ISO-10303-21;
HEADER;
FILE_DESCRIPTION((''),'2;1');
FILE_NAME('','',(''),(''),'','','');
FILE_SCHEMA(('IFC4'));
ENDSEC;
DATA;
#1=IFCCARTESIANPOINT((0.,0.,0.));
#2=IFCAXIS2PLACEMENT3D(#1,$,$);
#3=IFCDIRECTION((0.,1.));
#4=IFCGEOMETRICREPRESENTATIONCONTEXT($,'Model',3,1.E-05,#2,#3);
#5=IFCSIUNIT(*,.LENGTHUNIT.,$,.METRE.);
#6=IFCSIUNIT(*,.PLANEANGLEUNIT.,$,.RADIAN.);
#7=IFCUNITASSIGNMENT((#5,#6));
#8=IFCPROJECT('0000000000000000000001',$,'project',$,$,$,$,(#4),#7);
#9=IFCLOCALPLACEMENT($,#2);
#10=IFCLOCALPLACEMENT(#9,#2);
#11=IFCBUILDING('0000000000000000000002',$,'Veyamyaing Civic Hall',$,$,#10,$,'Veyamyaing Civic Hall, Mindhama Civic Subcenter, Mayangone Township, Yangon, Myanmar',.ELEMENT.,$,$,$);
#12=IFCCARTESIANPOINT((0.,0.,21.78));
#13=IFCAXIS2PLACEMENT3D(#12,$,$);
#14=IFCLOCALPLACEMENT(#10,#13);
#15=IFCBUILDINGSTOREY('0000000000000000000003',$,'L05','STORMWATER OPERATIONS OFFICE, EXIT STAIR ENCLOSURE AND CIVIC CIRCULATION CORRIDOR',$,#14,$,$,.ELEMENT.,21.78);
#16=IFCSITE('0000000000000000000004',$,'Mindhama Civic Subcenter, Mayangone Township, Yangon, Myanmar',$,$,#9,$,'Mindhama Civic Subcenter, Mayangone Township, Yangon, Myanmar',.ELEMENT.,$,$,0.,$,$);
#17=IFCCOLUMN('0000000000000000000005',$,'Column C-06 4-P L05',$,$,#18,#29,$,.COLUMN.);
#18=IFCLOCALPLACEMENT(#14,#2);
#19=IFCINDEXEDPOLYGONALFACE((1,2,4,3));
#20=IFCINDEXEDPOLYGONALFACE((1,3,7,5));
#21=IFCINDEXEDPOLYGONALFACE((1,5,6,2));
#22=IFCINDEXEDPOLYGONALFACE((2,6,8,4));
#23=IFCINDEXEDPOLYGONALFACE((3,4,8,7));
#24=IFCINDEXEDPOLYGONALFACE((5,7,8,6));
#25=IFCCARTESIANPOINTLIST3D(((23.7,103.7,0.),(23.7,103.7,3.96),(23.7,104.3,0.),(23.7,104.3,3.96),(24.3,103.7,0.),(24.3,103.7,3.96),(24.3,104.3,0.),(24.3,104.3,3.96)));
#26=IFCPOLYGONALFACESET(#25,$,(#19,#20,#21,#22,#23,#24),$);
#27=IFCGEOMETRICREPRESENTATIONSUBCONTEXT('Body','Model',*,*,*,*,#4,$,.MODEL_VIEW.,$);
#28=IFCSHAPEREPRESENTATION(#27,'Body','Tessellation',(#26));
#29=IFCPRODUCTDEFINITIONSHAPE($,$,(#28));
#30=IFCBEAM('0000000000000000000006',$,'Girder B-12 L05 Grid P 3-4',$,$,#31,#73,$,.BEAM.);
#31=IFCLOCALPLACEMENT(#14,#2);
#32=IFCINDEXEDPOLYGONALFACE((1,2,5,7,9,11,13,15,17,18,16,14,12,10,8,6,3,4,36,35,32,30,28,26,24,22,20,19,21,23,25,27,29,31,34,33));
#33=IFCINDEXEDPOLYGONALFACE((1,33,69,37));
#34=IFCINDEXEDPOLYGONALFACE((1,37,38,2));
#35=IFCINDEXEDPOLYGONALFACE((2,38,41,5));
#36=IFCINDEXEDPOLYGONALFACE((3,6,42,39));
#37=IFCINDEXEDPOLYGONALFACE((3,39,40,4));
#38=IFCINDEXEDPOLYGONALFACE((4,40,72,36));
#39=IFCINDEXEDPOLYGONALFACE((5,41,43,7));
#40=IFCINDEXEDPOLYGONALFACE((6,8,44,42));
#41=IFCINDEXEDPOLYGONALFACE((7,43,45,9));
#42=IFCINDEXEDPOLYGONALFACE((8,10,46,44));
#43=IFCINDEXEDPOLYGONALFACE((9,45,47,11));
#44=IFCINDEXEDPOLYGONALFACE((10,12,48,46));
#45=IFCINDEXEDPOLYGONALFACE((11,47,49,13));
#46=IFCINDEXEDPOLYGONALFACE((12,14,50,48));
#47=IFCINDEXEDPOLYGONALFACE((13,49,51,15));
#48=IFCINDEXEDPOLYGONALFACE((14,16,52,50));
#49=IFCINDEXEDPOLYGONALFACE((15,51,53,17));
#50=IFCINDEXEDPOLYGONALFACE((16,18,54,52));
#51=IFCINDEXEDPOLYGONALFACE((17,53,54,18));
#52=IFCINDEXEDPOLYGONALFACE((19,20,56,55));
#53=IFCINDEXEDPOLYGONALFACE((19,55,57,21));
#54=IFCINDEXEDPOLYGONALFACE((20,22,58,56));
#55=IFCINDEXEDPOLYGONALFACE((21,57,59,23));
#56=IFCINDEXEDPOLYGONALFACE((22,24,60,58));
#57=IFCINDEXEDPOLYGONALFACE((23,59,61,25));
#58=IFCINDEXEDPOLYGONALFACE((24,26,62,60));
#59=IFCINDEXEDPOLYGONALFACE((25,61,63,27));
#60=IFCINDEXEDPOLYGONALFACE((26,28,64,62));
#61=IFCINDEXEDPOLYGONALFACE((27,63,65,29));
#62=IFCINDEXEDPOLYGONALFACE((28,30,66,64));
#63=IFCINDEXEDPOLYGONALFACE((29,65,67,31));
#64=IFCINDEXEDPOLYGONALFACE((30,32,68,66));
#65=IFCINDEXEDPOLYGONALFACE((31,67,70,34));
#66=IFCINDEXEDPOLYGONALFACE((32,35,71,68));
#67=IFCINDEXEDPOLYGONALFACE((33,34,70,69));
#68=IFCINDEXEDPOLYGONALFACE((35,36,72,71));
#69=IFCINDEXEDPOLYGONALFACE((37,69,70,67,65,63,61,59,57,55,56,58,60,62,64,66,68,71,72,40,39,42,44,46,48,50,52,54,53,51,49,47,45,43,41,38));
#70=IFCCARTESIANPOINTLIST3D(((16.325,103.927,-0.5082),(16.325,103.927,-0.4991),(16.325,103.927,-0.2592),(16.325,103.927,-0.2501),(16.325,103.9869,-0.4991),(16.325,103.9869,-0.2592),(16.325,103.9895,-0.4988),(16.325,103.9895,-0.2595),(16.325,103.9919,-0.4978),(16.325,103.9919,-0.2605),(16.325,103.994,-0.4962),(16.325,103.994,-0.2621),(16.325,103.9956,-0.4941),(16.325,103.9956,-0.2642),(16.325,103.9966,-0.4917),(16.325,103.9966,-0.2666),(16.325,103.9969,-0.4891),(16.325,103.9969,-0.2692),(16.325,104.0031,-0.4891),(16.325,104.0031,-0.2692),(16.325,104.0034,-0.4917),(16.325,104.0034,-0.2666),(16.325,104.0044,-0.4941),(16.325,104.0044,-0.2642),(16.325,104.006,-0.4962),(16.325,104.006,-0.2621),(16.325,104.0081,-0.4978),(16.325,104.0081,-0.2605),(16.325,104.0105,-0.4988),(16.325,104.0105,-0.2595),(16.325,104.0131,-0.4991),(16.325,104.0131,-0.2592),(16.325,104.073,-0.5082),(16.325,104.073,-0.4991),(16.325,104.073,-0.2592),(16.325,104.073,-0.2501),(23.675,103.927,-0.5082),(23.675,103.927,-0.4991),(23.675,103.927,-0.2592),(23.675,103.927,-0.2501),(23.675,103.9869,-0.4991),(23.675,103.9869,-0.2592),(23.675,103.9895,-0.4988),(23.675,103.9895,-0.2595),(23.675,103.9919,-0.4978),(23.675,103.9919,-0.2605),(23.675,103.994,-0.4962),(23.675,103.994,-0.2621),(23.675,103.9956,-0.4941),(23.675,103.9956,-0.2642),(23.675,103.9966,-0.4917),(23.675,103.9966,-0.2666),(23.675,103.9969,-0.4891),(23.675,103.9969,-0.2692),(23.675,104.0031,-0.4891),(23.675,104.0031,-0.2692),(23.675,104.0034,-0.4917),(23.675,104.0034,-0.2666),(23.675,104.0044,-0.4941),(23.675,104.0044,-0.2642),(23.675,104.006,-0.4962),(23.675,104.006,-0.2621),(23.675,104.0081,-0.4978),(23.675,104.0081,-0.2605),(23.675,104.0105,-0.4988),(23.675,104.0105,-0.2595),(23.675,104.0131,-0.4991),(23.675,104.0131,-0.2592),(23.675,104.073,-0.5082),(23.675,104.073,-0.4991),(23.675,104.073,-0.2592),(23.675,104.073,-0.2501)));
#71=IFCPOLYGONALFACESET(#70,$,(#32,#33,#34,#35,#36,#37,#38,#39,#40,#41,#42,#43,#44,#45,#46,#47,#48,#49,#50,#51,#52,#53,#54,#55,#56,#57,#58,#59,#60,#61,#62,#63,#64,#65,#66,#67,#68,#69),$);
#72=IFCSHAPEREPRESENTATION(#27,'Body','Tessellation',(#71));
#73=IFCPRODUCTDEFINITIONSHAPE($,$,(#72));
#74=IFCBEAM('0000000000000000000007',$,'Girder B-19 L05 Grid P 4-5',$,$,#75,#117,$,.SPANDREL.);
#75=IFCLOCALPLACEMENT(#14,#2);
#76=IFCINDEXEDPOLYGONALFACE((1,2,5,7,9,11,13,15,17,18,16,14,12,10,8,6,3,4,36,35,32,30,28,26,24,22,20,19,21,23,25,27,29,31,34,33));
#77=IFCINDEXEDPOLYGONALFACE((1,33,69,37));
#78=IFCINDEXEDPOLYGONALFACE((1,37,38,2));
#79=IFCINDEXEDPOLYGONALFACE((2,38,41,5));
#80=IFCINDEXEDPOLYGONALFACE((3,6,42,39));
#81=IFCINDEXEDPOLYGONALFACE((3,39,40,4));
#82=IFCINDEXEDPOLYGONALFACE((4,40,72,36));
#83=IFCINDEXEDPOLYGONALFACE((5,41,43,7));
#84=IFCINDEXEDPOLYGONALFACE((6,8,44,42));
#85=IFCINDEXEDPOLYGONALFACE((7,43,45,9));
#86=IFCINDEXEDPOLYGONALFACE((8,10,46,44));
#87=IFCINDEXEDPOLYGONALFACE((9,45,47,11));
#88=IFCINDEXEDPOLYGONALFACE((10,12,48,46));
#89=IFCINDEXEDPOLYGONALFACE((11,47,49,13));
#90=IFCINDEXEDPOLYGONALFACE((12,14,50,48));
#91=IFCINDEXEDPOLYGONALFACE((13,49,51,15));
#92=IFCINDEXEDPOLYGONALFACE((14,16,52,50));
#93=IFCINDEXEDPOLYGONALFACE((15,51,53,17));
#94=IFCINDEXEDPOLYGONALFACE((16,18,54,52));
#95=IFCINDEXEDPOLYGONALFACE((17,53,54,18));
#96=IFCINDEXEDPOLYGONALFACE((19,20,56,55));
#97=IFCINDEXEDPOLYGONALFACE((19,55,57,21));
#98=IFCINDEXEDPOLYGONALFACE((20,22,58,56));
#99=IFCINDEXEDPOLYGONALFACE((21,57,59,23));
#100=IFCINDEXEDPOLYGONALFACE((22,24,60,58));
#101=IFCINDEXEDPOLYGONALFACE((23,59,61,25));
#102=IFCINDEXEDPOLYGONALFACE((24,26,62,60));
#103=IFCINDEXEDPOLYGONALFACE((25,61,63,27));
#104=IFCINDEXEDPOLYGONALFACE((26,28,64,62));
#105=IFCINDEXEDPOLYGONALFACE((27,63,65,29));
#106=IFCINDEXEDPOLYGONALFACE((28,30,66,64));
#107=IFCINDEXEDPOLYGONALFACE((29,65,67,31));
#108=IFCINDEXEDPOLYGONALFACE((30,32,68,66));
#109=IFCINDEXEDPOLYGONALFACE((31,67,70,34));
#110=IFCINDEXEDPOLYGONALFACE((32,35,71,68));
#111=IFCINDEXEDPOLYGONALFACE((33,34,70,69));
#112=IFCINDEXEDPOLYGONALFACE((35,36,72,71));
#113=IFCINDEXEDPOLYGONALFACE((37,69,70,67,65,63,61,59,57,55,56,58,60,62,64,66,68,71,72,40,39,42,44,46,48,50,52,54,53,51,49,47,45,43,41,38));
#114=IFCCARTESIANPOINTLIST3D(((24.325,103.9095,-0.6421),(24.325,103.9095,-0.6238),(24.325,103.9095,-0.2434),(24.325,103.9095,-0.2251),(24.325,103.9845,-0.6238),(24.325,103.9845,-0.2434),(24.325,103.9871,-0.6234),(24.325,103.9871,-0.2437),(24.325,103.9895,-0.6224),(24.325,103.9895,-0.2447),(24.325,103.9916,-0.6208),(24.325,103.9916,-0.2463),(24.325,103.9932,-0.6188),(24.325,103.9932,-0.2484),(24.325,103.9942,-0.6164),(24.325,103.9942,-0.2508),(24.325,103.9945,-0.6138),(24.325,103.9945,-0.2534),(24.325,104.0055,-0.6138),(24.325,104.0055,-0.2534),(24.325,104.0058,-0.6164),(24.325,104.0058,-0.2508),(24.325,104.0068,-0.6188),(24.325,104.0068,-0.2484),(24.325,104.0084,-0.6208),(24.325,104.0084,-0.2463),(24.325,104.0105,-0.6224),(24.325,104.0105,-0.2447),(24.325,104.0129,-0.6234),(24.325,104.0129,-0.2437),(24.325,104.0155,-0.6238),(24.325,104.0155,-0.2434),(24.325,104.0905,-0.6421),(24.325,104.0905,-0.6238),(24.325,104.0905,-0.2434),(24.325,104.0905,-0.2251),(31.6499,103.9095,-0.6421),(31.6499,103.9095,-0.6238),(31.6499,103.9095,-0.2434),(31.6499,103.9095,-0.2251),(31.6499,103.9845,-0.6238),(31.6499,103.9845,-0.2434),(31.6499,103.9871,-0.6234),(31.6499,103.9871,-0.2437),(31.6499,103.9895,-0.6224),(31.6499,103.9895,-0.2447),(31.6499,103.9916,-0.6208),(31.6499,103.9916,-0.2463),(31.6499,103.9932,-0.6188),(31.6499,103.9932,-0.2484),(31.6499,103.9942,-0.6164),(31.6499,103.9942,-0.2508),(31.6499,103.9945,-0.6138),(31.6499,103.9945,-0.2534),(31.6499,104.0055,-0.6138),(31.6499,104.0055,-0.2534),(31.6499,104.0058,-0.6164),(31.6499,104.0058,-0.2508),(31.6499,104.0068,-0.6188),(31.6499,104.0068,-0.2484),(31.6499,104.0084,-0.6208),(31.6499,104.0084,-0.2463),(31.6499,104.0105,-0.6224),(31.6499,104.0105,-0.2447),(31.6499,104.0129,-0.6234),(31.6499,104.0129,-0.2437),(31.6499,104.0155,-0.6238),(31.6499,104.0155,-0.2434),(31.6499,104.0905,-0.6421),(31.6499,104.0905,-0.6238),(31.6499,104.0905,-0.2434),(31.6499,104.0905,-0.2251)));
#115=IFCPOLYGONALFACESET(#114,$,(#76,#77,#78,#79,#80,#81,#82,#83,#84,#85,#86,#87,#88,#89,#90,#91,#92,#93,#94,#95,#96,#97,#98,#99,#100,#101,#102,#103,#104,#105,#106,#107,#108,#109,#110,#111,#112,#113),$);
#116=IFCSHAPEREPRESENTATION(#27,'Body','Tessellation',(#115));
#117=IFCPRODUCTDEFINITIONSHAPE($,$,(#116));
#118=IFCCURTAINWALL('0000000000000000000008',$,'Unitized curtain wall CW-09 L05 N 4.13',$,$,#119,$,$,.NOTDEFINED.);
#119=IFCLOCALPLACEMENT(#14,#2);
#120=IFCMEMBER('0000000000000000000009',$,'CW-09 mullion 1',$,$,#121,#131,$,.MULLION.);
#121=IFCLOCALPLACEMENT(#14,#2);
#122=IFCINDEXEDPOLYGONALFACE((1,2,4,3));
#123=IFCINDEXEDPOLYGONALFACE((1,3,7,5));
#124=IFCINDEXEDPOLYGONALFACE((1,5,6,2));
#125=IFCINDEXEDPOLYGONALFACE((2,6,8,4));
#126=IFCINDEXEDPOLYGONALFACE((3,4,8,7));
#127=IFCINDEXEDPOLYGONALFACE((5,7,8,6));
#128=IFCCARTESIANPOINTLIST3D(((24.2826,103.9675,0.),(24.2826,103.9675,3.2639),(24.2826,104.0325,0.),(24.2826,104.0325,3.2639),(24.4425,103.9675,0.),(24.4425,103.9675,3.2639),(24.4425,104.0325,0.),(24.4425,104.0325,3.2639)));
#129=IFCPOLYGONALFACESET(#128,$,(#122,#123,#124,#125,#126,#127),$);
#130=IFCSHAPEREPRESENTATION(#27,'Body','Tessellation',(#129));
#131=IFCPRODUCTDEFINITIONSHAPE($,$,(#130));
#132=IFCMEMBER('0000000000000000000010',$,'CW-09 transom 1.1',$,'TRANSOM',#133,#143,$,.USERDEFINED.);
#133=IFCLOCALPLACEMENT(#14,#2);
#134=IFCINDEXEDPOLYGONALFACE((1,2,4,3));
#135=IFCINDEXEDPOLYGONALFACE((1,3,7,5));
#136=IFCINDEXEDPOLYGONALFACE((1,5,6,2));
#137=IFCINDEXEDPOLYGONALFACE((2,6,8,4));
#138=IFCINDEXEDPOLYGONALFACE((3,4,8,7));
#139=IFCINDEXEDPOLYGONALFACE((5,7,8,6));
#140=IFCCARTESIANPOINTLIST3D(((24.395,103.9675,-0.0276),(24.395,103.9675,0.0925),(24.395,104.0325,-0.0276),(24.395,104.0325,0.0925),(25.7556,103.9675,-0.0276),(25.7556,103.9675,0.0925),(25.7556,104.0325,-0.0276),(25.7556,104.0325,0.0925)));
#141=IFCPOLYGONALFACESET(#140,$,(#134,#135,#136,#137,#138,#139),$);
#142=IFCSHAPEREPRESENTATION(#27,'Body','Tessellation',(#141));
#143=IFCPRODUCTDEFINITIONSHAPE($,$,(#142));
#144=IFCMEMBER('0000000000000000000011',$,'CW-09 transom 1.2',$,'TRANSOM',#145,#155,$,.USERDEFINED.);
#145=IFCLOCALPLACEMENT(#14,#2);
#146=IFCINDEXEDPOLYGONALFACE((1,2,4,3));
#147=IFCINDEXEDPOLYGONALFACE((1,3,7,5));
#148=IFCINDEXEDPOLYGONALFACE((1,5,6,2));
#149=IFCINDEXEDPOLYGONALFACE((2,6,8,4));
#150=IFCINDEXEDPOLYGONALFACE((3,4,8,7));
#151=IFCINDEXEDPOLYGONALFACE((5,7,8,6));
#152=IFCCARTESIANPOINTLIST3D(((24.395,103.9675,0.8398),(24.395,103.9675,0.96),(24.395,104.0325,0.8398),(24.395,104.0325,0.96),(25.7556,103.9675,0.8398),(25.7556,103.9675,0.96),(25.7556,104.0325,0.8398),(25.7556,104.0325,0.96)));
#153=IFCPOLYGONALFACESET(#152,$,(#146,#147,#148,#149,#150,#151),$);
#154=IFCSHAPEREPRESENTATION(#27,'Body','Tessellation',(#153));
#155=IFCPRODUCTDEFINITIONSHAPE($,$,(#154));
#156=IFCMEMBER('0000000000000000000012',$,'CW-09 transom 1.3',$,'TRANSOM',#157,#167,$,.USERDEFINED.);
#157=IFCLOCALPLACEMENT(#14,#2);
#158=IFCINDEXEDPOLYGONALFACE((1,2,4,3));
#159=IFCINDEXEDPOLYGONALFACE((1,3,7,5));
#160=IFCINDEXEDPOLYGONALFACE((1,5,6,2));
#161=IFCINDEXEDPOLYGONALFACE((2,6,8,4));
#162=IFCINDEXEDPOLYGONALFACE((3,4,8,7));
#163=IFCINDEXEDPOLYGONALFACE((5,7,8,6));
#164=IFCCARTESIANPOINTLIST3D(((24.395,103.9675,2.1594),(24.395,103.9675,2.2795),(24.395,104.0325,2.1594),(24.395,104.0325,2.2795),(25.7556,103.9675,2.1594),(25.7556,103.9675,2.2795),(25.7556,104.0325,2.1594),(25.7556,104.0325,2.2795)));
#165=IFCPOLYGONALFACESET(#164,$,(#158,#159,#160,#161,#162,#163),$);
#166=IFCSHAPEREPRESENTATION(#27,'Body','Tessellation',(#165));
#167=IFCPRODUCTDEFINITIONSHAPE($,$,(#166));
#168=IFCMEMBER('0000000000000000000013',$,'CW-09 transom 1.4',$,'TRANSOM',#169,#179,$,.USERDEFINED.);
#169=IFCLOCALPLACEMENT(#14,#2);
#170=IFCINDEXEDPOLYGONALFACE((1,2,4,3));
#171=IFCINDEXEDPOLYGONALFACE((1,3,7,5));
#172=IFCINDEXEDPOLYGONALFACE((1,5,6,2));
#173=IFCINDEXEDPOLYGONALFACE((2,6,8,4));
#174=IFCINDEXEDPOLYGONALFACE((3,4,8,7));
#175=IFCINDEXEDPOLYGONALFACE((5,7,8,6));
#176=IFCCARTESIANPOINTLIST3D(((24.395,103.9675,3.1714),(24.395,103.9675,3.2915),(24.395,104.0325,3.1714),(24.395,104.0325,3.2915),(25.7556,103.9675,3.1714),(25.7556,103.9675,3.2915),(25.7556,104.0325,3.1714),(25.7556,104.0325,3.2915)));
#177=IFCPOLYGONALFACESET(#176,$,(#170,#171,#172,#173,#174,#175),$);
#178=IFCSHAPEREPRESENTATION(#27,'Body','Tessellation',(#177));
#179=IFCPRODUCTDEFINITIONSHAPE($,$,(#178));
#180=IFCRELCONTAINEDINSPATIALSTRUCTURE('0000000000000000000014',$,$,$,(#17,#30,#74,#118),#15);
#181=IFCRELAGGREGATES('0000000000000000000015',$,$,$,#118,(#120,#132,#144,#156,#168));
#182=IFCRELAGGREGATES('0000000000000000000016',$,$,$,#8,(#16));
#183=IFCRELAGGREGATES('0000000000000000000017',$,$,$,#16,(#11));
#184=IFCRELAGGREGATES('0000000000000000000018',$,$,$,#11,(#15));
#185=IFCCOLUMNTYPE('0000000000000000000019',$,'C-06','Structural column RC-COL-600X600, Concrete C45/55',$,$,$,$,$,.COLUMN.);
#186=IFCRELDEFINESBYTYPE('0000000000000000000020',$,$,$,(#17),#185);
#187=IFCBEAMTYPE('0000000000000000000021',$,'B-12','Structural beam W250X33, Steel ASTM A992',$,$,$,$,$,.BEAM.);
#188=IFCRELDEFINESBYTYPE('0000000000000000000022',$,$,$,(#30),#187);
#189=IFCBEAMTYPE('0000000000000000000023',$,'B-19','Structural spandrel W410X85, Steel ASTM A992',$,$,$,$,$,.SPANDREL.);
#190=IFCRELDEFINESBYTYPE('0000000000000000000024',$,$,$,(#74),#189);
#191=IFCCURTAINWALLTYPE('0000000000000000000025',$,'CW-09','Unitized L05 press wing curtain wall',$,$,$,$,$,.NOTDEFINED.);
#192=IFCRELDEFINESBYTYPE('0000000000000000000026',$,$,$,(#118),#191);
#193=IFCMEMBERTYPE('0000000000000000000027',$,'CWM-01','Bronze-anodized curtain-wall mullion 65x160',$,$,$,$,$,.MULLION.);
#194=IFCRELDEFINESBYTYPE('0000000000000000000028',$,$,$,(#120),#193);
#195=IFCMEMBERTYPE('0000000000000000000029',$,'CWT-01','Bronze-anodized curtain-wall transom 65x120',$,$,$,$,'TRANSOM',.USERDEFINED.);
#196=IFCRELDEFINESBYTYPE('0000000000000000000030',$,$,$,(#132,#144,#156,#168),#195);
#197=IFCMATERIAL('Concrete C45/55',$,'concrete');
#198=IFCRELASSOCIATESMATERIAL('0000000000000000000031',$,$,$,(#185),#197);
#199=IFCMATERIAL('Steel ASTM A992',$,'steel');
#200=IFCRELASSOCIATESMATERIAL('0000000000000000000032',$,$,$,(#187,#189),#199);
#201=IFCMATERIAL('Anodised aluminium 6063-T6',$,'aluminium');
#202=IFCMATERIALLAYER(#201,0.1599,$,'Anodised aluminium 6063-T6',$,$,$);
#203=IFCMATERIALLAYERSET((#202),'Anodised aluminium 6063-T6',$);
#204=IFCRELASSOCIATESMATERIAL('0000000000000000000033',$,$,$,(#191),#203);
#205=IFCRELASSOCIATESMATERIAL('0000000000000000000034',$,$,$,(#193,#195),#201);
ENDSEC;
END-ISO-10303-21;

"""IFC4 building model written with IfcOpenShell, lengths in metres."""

from ifc_helpers import new_model, si_unit, direction, frame, origin, origin_2d, place, context, subcontext, project, spatial, rectangle, i_section, extrude, material, layer, layer_set, material_profile, profile_set, type_object, element, aggregate, save


model = new_model("IFC4")

# Units and contexts
model_context = context("Model", 3, precision=1e-05, world=origin(), true_north=direction((0.0, 1.0)))
body_context = subcontext(model_context, "Body", "Model", "MODEL_VIEW")
ifc_project = project(units=[si_unit("LENGTHUNIT", "METRE"), si_unit("PLANEANGLEUNIT", "RADIAN")], contexts=[model_context])

# Site, building, storey
site_placement = place(None, origin())
site = spatial("IfcSite", under=ifc_project, at=site_placement, Name="Mindhama Civic Subcenter, Mayangone Township, Yangon, Myanmar", LongName="Mindhama Civic Subcenter, Mayangone Township, Yangon, Myanmar", CompositionType="ELEMENT", RefElevation=0.0)
building_placement = place(site_placement, origin())
building = spatial("IfcBuilding", under=site, at=building_placement, Name="Veyamyaing Civic Hall", LongName="Veyamyaing Civic Hall, Mindhama Civic Subcenter, Mayangone Township, Yangon, Myanmar", CompositionType="ELEMENT")
storey_placement = place(building_placement, frame((0.0, 0.0, 21.78)))
storey = spatial("IfcBuildingStorey", under=building, at=storey_placement, Name="L05", Description="STORMWATER OPERATIONS OFFICE, EXIT STAIR ENCLOSURE AND CIVIC CIRCULATION CORRIDOR", CompositionType="ELEMENT", Elevation=21.78)

# Column
ifc_material_1 = material(Name="Concrete C45/55", Category="concrete")
ifc_material_profile_1 = material_profile(ifc_material_1, rectangle(XDim=0.6001, YDim=0.6001, at=origin_2d()), Name="RC-COL-600X600")
ifc_profile_set_1 = profile_set([ifc_material_profile_1], Name="Concrete C45/55")
column_type = type_object("IfcColumnType", Name="C-06", Description="Structural column RC-COL-600X600, Concrete C45/55", PredefinedType="COLUMN", material=ifc_profile_set_1)
column_placement = place(storey_placement, frame((24.0, 104.0, 0.0), z_axis=(0.0, 0.0, 1.0), x_axis=(1.0, 0.0, 0.0)))
element("IfcColumn", 1, at=column_placement, inside=storey, type_object=column_type, Name="Column C-06 4-P L05", PredefinedType="COLUMN", context=body_context, shape_type="SweptSolid", body=[
    extrude(rectangle(XDim=0.6001, YDim=0.6001, at=origin_2d()), origin(), (0.0, 0.0, 1.0), 3.96),
])

# Beams
ifc_material_2 = material(Name="Steel ASTM A992", Category="steel")
ifc_material_profile_2 = material_profile(ifc_material_2, i_section(OverallWidth=0.146, OverallDepth=0.2581, WebThickness=0.0061, FlangeThickness=0.009, FilletRadius=0.01, at=origin_2d()), Name="W250X33")
ifc_profile_set_2 = profile_set([ifc_material_profile_2], Name="Steel ASTM A992")
beam_type_1 = type_object("IfcBeamType", Name="B-12", Description="Structural beam W250X33, Steel ASTM A992", PredefinedType="BEAM", material=ifc_profile_set_2)
beam_1_placement = place(storey_placement, frame((16.325, 104.0, -0.3792), z_axis=(1.0, 0.0, 0.0), x_axis=(0.0, 1.0, 0.0)))
element("IfcBeam", 2, at=beam_1_placement, inside=storey, type_object=beam_type_1, Name="Girder B-12 L05 Grid P 3-4", PredefinedType="BEAM", context=body_context, shape_type="SweptSolid", body=[
    extrude(i_section(OverallWidth=0.146, OverallDepth=0.2581, WebThickness=0.0061, FlangeThickness=0.009, FilletRadius=0.01, at=origin_2d()), origin(), (0.0, 0.0, 1.0), 7.3501),
])
ifc_material_profile_3 = material_profile(ifc_material_2, i_section(OverallWidth=0.1809, OverallDepth=0.417, WebThickness=0.011, FlangeThickness=0.0183, FilletRadius=0.01, at=origin_2d()), Name="W410X85")
ifc_profile_set_3 = profile_set([ifc_material_profile_3], Name="Steel ASTM A992")
beam_type_2 = type_object("IfcBeamType", Name="B-19", Description="Structural spandrel W410X85, Steel ASTM A992", PredefinedType="SPANDREL", material=ifc_profile_set_3)
beam_2_placement = place(storey_placement, frame((24.325, 104.0, -0.4336), z_axis=(1.0, 0.0, 0.0), x_axis=(0.0, 1.0, 0.0)))
element("IfcBeam", 3, at=beam_2_placement, inside=storey, type_object=beam_type_2, Name="Girder B-19 L05 Grid P 4-5", PredefinedType="SPANDREL", context=body_context, shape_type="SweptSolid", body=[
    extrude(i_section(OverallWidth=0.1809, OverallDepth=0.417, WebThickness=0.011, FlangeThickness=0.0183, FilletRadius=0.01, at=origin_2d()), origin(), (0.0, 0.0, 1.0), 7.325),
])

# Curtain wall, members
ifc_material_3 = material(Name="Anodised aluminium 6063-T6", Category="aluminium")
ifc_layer_1 = layer(ifc_material_3, 0.1599, Name="Anodised aluminium 6063-T6")
ifc_layer_set_1 = layer_set([ifc_layer_1], Name="Anodised aluminium 6063-T6")
curtain_wall_type = type_object("IfcCurtainWallType", Name="CW-09", Description="Unitized L05 press wing curtain wall", PredefinedType="NOTDEFINED", material=ifc_layer_set_1)
curtain_wall_placement = place(storey_placement, origin())
curtain_wall = element("IfcCurtainWall", 4, at=curtain_wall_placement, inside=storey, type_object=curtain_wall_type, Name="Unitized curtain wall CW-09 L05 N 4.13", PredefinedType="NOTDEFINED")
ifc_material_profile_4 = material_profile(ifc_material_3, rectangle(XDim=0.0649, YDim=0.1599, at=origin_2d()), Name="ALU-MUL-65X160")
ifc_profile_set_4 = profile_set([ifc_material_profile_4], Name="Anodised aluminium 6063-T6")
member_type_1 = type_object("IfcMemberType", Name="CWM-01", Description="Bronze-anodized curtain-wall mullion 65x160", PredefinedType="MULLION", material=ifc_profile_set_4)
member_1_placement = place(storey_placement, frame((24.3625, 104.0, 0.0), z_axis=(0.0, 0.0, 1.0), x_axis=(0.0, 1.0, 0.0)))
member_1 = element("IfcMember", 5, at=member_1_placement, type_object=member_type_1, Name="CW-09 mullion 1", PredefinedType="MULLION", context=body_context, shape_type="SweptSolid", body=[
    extrude(rectangle(XDim=0.0649, YDim=0.1599, at=origin_2d()), origin(), (0.0, 0.0, 1.0), 3.2639),
])
ifc_material_profile_5 = material_profile(ifc_material_3, rectangle(XDim=0.0649, YDim=0.1201, at=origin_2d()), Name="ALU-TRN-65X120")
ifc_profile_set_5 = profile_set([ifc_material_profile_5], Name="Anodised aluminium 6063-T6")
member_type_2 = type_object("IfcMemberType", Name="CWT-01", Description="Bronze-anodized curtain-wall transom 65x120", ElementType="TRANSOM", PredefinedType="USERDEFINED", material=ifc_profile_set_5)
member_2_placement = place(storey_placement, frame((24.395, 104.0, 0.0325), z_axis=(1.0, 0.0, 0.0), x_axis=(0.0, 1.0, 0.0)))
member_2 = element("IfcMember", 6, at=member_2_placement, type_object=member_type_2, Name="CW-09 transom 1.1", ObjectType="TRANSOM", PredefinedType="USERDEFINED", context=body_context, shape_type="SweptSolid", body=[
    extrude(rectangle(XDim=0.0649, YDim=0.1201, at=origin_2d()), origin(), (0.0, 0.0, 1.0), 1.3606),
])
member_3_placement = place(storey_placement, frame((24.395, 104.0, 0.8999), z_axis=(1.0, 0.0, 0.0), x_axis=(0.0, 1.0, 0.0)))
member_3 = element("IfcMember", 7, at=member_3_placement, type_object=member_type_2, Name="CW-09 transom 1.2", ObjectType="TRANSOM", PredefinedType="USERDEFINED", context=body_context, shape_type="SweptSolid", body=[
    extrude(rectangle(XDim=0.0649, YDim=0.1201, at=origin_2d()), origin(), (0.0, 0.0, 1.0), 1.3606),
])
member_4_placement = place(storey_placement, frame((24.395, 104.0, 2.2195), z_axis=(1.0, 0.0, 0.0), x_axis=(0.0, 1.0, 0.0)))
member_4 = element("IfcMember", 8, at=member_4_placement, type_object=member_type_2, Name="CW-09 transom 1.3", ObjectType="TRANSOM", PredefinedType="USERDEFINED", context=body_context, shape_type="SweptSolid", body=[
    extrude(rectangle(XDim=0.0649, YDim=0.1201, at=origin_2d()), origin(), (0.0, 0.0, 1.0), 1.3606),
])
member_5_placement = place(storey_placement, frame((24.395, 104.0, 3.2314), z_axis=(1.0, 0.0, 0.0), x_axis=(0.0, 1.0, 0.0)))
member_5 = element("IfcMember", 9, at=member_5_placement, type_object=member_type_2, Name="CW-09 transom 1.4", ObjectType="TRANSOM", PredefinedType="USERDEFINED", context=body_context, shape_type="SweptSolid", body=[
    extrude(rectangle(XDim=0.0649, YDim=0.1201, at=origin_2d()), origin(), (0.0, 0.0, 1.0), 1.3606),
])

aggregate(curtain_wall, [member_1, member_2, member_3, member_4, member_5])

save(model, "model.ifc")
